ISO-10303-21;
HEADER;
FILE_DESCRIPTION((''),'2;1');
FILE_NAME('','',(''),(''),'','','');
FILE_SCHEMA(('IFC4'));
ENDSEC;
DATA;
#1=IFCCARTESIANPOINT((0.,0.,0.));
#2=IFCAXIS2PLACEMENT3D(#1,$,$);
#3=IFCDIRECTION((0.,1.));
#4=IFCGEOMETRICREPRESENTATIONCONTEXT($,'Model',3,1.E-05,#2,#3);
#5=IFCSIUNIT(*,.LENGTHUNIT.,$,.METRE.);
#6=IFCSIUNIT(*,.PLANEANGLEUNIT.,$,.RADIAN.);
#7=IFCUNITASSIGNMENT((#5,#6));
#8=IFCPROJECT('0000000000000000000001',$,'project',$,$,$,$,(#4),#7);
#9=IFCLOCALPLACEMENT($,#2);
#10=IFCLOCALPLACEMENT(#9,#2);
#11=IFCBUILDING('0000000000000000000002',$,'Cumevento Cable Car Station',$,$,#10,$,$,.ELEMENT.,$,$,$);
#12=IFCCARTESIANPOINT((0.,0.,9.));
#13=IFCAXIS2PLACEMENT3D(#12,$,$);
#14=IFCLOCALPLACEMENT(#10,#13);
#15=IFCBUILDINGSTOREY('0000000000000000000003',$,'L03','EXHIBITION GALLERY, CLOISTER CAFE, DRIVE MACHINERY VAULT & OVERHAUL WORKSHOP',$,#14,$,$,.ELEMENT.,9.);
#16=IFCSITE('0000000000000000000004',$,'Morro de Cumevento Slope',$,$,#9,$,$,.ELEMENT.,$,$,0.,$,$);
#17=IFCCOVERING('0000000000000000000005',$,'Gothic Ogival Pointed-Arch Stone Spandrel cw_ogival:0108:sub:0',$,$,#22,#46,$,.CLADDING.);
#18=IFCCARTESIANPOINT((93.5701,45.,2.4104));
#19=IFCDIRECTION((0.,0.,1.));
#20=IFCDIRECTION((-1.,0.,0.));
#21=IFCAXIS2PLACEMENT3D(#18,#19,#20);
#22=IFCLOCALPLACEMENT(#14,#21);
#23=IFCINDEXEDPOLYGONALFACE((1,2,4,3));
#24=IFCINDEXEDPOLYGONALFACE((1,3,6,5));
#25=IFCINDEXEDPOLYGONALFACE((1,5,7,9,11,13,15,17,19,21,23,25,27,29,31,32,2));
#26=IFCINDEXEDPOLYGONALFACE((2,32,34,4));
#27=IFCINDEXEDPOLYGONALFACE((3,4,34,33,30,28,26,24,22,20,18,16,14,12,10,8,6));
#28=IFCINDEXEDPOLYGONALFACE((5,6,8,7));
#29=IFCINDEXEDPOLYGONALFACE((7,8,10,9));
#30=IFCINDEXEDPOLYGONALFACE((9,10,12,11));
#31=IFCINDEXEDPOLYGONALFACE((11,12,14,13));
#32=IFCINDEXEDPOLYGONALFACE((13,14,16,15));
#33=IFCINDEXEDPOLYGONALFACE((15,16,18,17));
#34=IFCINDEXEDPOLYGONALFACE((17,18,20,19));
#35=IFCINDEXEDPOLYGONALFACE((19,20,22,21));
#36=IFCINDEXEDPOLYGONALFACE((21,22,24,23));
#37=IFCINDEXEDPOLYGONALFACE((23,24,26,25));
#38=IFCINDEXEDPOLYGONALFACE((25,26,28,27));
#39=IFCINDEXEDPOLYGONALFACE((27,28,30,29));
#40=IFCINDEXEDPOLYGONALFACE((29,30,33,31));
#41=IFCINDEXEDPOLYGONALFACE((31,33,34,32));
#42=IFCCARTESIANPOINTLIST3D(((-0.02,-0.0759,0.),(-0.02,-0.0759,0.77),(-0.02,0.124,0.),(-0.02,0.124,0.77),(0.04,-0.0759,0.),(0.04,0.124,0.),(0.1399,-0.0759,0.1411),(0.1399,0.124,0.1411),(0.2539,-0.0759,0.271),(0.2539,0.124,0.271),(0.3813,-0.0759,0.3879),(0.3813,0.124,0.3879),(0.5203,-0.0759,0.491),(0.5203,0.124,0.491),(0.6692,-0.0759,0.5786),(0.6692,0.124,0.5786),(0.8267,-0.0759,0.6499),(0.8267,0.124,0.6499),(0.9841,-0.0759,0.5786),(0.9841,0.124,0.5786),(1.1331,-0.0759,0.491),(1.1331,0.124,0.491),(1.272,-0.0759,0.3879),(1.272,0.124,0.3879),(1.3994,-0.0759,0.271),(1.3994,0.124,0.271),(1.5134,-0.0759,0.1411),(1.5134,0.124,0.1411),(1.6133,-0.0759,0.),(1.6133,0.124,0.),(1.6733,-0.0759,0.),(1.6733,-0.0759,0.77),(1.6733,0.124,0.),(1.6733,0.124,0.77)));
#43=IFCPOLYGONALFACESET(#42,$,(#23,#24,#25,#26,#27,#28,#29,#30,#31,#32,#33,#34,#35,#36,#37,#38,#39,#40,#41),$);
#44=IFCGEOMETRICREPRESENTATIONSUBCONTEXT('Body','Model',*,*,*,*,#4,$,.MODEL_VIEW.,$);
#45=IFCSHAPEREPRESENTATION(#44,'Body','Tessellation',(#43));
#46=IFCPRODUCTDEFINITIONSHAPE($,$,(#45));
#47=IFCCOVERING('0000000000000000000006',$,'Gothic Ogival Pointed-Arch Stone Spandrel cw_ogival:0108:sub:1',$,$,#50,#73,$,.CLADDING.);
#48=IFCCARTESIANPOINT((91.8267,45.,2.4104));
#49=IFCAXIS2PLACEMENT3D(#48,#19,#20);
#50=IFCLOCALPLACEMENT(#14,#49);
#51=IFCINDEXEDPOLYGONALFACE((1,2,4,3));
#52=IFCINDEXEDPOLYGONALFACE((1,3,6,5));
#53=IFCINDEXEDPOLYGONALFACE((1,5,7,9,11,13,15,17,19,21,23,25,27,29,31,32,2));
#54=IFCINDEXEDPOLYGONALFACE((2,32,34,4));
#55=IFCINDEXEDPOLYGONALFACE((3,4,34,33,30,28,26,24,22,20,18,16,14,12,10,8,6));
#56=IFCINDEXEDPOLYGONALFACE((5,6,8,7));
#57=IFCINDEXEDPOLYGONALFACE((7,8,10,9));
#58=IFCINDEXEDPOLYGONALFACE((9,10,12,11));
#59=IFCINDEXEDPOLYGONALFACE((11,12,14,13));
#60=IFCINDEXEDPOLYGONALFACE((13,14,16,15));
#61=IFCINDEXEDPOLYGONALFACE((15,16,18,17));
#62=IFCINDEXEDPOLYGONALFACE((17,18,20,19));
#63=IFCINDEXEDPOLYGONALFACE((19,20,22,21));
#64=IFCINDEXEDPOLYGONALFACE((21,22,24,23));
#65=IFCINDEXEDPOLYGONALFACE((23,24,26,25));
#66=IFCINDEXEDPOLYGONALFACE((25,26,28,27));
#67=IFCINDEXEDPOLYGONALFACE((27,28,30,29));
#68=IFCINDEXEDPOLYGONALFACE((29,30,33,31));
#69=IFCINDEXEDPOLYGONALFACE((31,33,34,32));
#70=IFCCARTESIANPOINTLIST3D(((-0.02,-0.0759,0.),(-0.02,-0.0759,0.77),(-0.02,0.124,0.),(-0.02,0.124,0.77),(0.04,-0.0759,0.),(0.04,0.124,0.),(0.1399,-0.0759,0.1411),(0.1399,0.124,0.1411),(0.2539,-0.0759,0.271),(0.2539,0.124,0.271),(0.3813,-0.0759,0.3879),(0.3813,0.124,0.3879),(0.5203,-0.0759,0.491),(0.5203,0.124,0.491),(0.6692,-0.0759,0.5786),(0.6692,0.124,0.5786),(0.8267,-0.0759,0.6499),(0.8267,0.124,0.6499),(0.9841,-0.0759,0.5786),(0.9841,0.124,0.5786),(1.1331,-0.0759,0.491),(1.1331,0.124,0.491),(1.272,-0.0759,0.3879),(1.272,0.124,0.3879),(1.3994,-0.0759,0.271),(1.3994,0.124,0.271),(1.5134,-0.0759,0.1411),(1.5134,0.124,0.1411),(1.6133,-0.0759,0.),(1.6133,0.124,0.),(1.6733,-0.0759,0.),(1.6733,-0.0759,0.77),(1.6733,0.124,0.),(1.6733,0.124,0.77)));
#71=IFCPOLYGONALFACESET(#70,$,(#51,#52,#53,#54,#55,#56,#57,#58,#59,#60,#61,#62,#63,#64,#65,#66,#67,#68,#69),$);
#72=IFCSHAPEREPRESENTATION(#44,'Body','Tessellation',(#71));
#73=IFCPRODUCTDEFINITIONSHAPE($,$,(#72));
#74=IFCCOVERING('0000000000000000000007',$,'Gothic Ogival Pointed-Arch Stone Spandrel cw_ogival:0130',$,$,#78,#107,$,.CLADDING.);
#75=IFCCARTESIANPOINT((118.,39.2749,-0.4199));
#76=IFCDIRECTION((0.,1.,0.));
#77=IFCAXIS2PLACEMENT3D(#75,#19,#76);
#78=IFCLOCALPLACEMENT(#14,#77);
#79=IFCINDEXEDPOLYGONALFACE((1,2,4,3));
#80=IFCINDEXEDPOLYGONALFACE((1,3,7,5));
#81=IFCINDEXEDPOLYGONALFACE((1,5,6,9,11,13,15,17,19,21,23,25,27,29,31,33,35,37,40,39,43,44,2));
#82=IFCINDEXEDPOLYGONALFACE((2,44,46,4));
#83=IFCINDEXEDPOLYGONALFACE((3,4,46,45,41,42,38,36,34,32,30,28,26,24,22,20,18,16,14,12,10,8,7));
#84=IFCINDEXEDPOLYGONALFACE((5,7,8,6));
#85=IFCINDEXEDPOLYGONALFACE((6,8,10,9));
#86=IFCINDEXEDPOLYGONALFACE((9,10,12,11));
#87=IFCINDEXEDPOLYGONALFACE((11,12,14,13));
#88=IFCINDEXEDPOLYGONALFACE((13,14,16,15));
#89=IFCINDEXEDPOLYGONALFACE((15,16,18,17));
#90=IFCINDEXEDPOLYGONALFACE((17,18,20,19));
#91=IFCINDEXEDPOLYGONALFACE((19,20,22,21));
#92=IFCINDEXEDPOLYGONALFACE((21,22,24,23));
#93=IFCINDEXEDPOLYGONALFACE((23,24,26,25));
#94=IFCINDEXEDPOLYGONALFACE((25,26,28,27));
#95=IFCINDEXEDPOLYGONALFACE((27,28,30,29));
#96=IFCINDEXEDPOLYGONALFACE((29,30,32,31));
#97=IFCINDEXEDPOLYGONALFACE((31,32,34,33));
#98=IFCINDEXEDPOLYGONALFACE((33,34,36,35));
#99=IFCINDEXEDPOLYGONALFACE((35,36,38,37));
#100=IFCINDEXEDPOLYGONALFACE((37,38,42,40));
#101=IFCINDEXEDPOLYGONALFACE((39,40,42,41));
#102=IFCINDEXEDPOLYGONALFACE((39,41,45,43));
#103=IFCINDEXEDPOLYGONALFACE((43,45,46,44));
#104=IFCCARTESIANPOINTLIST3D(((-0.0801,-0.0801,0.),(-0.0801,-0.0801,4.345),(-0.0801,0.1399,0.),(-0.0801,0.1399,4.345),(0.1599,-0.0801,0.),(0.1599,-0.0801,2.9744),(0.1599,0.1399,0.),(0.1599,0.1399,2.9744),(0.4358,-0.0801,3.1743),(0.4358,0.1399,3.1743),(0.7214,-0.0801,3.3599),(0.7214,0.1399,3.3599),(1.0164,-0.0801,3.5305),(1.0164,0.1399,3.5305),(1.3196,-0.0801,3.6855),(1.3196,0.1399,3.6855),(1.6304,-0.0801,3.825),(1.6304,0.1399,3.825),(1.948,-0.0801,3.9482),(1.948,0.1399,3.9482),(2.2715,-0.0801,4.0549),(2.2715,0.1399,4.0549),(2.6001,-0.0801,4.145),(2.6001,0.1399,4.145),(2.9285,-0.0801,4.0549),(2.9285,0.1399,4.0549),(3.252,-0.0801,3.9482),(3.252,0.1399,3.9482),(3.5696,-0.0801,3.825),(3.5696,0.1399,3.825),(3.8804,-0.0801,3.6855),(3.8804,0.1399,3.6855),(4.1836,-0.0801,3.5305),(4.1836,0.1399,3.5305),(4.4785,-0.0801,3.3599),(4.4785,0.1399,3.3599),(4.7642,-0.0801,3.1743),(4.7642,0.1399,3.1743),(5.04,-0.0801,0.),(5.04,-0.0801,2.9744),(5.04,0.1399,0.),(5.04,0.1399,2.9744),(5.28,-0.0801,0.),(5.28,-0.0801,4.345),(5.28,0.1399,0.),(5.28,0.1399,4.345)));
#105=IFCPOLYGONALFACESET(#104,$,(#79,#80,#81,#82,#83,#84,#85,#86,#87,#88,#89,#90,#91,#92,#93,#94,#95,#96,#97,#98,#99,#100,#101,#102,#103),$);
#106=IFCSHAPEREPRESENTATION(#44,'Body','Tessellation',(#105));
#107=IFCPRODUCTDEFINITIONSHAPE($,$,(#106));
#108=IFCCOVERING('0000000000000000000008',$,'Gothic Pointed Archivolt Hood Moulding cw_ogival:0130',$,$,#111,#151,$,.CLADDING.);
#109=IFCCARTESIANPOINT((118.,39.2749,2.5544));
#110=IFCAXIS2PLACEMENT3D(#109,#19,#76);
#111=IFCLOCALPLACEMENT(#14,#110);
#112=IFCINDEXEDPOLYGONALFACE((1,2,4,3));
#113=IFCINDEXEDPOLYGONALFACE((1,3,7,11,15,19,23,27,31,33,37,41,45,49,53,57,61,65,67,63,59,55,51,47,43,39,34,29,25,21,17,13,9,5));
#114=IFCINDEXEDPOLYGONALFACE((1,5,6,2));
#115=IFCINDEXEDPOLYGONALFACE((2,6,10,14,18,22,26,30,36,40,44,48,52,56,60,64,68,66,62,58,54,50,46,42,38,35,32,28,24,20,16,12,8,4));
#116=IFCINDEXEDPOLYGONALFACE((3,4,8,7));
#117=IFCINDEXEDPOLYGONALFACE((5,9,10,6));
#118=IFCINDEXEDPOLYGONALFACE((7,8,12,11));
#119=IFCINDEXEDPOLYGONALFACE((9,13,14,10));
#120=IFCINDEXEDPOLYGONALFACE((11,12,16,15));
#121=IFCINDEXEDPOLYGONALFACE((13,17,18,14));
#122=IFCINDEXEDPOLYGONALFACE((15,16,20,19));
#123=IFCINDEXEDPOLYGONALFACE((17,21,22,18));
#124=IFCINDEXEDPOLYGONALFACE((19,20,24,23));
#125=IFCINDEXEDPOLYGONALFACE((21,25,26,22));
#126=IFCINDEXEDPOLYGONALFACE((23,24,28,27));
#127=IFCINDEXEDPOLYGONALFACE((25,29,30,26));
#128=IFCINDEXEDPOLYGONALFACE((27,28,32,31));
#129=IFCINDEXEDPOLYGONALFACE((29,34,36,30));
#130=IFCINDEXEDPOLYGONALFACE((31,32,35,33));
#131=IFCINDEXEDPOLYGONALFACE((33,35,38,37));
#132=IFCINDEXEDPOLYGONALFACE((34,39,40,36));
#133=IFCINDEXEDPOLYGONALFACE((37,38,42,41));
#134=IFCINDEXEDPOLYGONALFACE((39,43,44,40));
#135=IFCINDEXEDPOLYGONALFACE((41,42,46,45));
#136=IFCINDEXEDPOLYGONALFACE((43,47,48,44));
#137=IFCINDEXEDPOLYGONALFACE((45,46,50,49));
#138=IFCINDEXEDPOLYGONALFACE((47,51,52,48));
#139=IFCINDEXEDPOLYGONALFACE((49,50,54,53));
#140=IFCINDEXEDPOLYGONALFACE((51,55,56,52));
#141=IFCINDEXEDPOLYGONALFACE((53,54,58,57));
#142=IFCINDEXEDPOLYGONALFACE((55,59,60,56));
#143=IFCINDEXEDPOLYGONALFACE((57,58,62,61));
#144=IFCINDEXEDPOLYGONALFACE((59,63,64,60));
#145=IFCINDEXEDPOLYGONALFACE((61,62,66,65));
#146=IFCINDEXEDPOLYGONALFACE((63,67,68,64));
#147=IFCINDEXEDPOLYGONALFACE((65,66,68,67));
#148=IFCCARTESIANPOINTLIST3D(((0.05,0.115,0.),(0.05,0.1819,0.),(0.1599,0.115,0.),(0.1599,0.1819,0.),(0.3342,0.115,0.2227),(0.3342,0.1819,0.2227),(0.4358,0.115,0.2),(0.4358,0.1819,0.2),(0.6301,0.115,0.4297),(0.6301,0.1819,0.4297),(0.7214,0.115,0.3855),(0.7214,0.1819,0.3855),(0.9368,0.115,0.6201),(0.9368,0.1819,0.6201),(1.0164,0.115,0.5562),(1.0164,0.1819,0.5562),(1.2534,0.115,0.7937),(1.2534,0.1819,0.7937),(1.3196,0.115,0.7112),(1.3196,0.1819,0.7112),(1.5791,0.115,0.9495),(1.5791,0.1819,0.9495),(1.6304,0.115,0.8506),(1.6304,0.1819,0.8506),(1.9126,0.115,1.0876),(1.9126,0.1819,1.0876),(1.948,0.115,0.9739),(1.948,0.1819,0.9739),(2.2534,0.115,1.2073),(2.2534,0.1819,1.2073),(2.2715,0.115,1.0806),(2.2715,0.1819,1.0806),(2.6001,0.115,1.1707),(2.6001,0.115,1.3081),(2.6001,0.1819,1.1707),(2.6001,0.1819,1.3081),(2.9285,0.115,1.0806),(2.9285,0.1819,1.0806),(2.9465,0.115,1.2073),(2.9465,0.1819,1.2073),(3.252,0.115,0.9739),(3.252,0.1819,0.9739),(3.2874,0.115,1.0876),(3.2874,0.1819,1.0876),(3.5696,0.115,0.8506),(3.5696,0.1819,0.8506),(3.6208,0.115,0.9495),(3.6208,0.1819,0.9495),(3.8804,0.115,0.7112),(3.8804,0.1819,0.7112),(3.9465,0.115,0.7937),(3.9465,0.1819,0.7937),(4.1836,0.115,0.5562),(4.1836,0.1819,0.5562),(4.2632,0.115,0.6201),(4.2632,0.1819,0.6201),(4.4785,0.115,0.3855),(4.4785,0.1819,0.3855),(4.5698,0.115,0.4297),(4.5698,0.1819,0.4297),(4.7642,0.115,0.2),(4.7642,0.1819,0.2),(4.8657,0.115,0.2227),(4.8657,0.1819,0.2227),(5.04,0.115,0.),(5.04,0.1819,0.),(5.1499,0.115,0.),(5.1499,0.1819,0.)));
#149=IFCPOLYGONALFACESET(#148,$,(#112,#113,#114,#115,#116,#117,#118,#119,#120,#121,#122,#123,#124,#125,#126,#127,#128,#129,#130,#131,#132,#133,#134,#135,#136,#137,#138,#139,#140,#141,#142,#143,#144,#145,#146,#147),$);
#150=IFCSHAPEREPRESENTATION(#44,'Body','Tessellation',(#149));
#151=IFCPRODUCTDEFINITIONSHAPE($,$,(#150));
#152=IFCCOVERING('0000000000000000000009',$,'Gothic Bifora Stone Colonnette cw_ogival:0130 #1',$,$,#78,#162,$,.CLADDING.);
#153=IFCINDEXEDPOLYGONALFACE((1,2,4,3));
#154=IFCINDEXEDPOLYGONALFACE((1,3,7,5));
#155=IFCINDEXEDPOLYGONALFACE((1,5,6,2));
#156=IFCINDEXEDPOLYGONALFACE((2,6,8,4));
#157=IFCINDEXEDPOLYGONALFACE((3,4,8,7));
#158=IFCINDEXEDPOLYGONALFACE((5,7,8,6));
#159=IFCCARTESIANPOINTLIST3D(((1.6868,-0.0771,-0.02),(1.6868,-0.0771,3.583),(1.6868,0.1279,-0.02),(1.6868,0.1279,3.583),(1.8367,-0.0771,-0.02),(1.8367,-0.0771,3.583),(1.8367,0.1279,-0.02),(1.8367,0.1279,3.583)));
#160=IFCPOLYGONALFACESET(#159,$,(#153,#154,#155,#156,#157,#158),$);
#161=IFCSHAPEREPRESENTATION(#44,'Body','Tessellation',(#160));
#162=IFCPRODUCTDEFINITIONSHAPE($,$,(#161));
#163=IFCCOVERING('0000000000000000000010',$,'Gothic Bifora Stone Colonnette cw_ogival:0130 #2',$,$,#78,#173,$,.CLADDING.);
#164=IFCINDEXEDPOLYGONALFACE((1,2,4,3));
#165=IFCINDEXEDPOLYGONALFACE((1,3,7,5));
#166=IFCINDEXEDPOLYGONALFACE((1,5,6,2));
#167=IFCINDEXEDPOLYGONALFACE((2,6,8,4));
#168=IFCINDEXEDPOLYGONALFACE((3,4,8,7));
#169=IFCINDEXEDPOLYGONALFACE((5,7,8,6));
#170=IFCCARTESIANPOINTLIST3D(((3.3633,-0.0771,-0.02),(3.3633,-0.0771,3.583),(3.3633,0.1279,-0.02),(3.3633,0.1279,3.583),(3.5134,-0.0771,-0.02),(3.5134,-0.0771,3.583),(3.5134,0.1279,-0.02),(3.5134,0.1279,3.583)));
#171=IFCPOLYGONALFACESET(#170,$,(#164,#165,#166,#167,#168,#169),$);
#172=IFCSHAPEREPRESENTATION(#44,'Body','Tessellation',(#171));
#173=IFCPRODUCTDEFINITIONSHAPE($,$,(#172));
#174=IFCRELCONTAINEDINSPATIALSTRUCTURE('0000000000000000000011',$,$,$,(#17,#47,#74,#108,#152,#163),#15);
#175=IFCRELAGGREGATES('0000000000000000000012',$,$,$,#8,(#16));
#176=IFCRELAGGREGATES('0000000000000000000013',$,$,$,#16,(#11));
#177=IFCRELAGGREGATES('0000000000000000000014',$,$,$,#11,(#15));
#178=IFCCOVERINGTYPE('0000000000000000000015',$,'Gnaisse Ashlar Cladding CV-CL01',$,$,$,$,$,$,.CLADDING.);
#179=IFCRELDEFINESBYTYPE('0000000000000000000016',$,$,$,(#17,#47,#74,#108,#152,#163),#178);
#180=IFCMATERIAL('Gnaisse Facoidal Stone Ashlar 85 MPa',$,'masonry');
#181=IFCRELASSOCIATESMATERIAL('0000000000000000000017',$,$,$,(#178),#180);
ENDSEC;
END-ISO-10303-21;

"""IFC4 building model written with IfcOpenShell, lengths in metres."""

from ifc_helpers import new_model, si_unit, direction, frame, origin, place, context, subcontext, project, spatial, polyline, outline, extrude, material, type_object, element, save


model = new_model("IFC4")

# Units and contexts
model_context = context("Model", 3, precision=1e-05, world=origin(), true_north=direction((0.0, 1.0)))
body_context = subcontext(model_context, "Body", "Model", "MODEL_VIEW")
ifc_project = project(units=[si_unit("LENGTHUNIT", "METRE"), si_unit("PLANEANGLEUNIT", "RADIAN")], contexts=[model_context])

# Site, building, storey
site_placement = place(None, origin())
site = spatial("IfcSite", under=ifc_project, at=site_placement, Name="Morro de Cumevento Slope", CompositionType="ELEMENT", RefElevation=0.0)
building_placement = place(site_placement, origin())
building = spatial("IfcBuilding", under=site, at=building_placement, Name="Cumevento Cable Car Station", CompositionType="ELEMENT")
storey_placement = place(building_placement, frame((0.0, 0.0, 9.0)))
storey = spatial("IfcBuildingStorey", under=building, at=storey_placement, Name="L03", Description="EXHIBITION GALLERY, CLOISTER CAFE, DRIVE MACHINERY VAULT & OVERHAUL WORKSHOP", CompositionType="ELEMENT", Elevation=9.0)

# Coverings
ifc_material_1 = material(Name="Gnaisse Facoidal Stone Ashlar 85 MPa", Category="masonry")
covering_type = type_object("IfcCoveringType", Name="Gnaisse Ashlar Cladding CV-CL01", PredefinedType="CLADDING", material=ifc_material_1)
for number, where, z_axis, x_axis, name in (
    (1, (93.5701, 45.0, 2.4104), (0.0, 0.0, 1.0), (-1.0, 0.0, 0.0), "Gothic Ogival Pointed-Arch Stone Spandrel cw_ogival:0108:sub:0"),
    (2, (91.8267, 45.0, 2.4104), (0.0, 0.0, 1.0), (-1.0, 0.0, 0.0), "Gothic Ogival Pointed-Arch Stone Spandrel cw_ogival:0108:sub:1"),
):
    element("IfcCovering", number, at=place(storey_placement, frame(where, z_axis=z_axis, x_axis=x_axis)), inside=storey, type_object=covering_type, Name=name, PredefinedType="CLADDING", context=body_context, shape_type="SweptSolid", body=[
        extrude(outline(polyline([(-0.02, 0.0), (-0.02, 0.77), (1.6733, 0.77), (1.6733, 0.0), (1.6133, 0.0), (1.5134, 0.1411), (1.3994, 0.271), (1.272, 0.3879), (1.1331, 0.491), (0.9841, 0.5786), (0.8267, 0.6499), (0.6692, 0.5786), (0.5203, 0.491), (0.3813, 0.3879), (0.2539, 0.271), (0.1399, 0.1411), (0.04, 0.0), (-0.02, 0.0)])), frame((0.0, 0.124, 0.0), z_axis=(0.0, -1.0, 0.0), x_axis=(1.0, 0.0, 0.0)), (0.0, 0.0, 1.0), 0.2),
    ])
placement = place(storey_placement, frame((118.0, 39.2749, -0.4199), z_axis=(0.0, 0.0, 1.0), x_axis=(0.0, 1.0, 0.0)))
element("IfcCovering", 3, at=placement, inside=storey, type_object=covering_type, Name="Gothic Ogival Pointed-Arch Stone Spandrel cw_ogival:0130", PredefinedType="CLADDING", context=body_context, shape_type="SweptSolid", body=[
    extrude(outline(polyline([(-0.0801, 0.0), (-0.0801, 4.345), (5.28, 4.345), (5.28, 0.0), (5.04, 0.0), (5.04, 2.9744), (4.7642, 3.1743), (4.4785, 3.3599), (4.1836, 3.5305), (3.8804, 3.6855), (3.5696, 3.825), (3.252, 3.9482), (2.9285, 4.0549), (2.6001, 4.145), (2.2715, 4.0549), (1.948, 3.9482), (1.6304, 3.825), (1.3196, 3.6855), (1.0164, 3.5305), (0.7214, 3.3599), (0.4358, 3.1743), (0.1599, 2.9744), (0.1599, 0.0), (-0.0801, 0.0)])), frame((0.0, 0.1399, 0.0), z_axis=(0.0, -1.0, 0.0), x_axis=(1.0, 0.0, 0.0)), (0.0, 0.0, 1.0), 0.22),
])
covering_1_placement = place(storey_placement, frame((118.0, 39.2749, 2.5544), z_axis=(0.0, 0.0, 1.0), x_axis=(0.0, 1.0, 0.0)))
element("IfcCovering", 4, at=covering_1_placement, inside=storey, type_object=covering_type, Name="Gothic Pointed Archivolt Hood Moulding cw_ogival:0130", PredefinedType="CLADDING", context=body_context, shape_type="SweptSolid", body=[
    extrude(outline(polyline([(0.1599, 0.0), (0.4358, 0.2), (0.7214, 0.3855), (1.0164, 0.5562), (1.3196, 0.7112), (1.6304, 0.8506), (1.948, 0.9739), (2.2715, 1.0806), (2.6001, 1.1707), (2.9285, 1.0806), (3.252, 0.9739), (3.5696, 0.8506), (3.8804, 0.7112), (4.1836, 0.5562), (4.4785, 0.3855), (4.7642, 0.2), (5.04, 0.0), (5.1499, 0.0), (4.8657, 0.2227), (4.5698, 0.4297), (4.2632, 0.6201), (3.9465, 0.7937), (3.6208, 0.9495), (3.2874, 1.0876), (2.9465, 1.2073), (2.6001, 1.3081), (2.2534, 1.2073), (1.9126, 1.0876), (1.5791, 0.9495), (1.2534, 0.7937), (0.9368, 0.6201), (0.6301, 0.4297), (0.3342, 0.2227), (0.05, 0.0), (0.1599, 0.0)])), frame((0.0, 0.1819, 0.0), z_axis=(0.0, -1.0, 0.0), x_axis=(1.0, 0.0, 0.0)), (0.0, 0.0, 1.0), 0.0669),
])
element("IfcCovering", 5, at=placement, inside=storey, type_object=covering_type, Name="Gothic Bifora Stone Colonnette cw_ogival:0130 #1", PredefinedType="CLADDING", context=body_context, shape_type="SweptSolid", body=[
    extrude(outline(polyline([(1.6868, -0.02), (1.8367, -0.02), (1.8367, 3.583), (1.6868, 3.583), (1.6868, -0.02)])), frame((0.0, 0.1279, 0.0), z_axis=(0.0, -1.0, 0.0), x_axis=(1.0, 0.0, 0.0)), (0.0, 0.0, 1.0), 0.2051),
])
element("IfcCovering", 6, at=placement, inside=storey, type_object=covering_type, Name="Gothic Bifora Stone Colonnette cw_ogival:0130 #2", PredefinedType="CLADDING", context=body_context, shape_type="SweptSolid", body=[
    extrude(outline(polyline([(3.3633, -0.02), (3.5134, -0.02), (3.5134, 3.583), (3.3633, 3.583), (3.3633, -0.02)])), frame((0.0, 0.1279, 0.0), z_axis=(0.0, -1.0, 0.0), x_axis=(1.0, 0.0, 0.0)), (0.0, 0.0, 1.0), 0.2051),
])

save(model, "model.ifc")
